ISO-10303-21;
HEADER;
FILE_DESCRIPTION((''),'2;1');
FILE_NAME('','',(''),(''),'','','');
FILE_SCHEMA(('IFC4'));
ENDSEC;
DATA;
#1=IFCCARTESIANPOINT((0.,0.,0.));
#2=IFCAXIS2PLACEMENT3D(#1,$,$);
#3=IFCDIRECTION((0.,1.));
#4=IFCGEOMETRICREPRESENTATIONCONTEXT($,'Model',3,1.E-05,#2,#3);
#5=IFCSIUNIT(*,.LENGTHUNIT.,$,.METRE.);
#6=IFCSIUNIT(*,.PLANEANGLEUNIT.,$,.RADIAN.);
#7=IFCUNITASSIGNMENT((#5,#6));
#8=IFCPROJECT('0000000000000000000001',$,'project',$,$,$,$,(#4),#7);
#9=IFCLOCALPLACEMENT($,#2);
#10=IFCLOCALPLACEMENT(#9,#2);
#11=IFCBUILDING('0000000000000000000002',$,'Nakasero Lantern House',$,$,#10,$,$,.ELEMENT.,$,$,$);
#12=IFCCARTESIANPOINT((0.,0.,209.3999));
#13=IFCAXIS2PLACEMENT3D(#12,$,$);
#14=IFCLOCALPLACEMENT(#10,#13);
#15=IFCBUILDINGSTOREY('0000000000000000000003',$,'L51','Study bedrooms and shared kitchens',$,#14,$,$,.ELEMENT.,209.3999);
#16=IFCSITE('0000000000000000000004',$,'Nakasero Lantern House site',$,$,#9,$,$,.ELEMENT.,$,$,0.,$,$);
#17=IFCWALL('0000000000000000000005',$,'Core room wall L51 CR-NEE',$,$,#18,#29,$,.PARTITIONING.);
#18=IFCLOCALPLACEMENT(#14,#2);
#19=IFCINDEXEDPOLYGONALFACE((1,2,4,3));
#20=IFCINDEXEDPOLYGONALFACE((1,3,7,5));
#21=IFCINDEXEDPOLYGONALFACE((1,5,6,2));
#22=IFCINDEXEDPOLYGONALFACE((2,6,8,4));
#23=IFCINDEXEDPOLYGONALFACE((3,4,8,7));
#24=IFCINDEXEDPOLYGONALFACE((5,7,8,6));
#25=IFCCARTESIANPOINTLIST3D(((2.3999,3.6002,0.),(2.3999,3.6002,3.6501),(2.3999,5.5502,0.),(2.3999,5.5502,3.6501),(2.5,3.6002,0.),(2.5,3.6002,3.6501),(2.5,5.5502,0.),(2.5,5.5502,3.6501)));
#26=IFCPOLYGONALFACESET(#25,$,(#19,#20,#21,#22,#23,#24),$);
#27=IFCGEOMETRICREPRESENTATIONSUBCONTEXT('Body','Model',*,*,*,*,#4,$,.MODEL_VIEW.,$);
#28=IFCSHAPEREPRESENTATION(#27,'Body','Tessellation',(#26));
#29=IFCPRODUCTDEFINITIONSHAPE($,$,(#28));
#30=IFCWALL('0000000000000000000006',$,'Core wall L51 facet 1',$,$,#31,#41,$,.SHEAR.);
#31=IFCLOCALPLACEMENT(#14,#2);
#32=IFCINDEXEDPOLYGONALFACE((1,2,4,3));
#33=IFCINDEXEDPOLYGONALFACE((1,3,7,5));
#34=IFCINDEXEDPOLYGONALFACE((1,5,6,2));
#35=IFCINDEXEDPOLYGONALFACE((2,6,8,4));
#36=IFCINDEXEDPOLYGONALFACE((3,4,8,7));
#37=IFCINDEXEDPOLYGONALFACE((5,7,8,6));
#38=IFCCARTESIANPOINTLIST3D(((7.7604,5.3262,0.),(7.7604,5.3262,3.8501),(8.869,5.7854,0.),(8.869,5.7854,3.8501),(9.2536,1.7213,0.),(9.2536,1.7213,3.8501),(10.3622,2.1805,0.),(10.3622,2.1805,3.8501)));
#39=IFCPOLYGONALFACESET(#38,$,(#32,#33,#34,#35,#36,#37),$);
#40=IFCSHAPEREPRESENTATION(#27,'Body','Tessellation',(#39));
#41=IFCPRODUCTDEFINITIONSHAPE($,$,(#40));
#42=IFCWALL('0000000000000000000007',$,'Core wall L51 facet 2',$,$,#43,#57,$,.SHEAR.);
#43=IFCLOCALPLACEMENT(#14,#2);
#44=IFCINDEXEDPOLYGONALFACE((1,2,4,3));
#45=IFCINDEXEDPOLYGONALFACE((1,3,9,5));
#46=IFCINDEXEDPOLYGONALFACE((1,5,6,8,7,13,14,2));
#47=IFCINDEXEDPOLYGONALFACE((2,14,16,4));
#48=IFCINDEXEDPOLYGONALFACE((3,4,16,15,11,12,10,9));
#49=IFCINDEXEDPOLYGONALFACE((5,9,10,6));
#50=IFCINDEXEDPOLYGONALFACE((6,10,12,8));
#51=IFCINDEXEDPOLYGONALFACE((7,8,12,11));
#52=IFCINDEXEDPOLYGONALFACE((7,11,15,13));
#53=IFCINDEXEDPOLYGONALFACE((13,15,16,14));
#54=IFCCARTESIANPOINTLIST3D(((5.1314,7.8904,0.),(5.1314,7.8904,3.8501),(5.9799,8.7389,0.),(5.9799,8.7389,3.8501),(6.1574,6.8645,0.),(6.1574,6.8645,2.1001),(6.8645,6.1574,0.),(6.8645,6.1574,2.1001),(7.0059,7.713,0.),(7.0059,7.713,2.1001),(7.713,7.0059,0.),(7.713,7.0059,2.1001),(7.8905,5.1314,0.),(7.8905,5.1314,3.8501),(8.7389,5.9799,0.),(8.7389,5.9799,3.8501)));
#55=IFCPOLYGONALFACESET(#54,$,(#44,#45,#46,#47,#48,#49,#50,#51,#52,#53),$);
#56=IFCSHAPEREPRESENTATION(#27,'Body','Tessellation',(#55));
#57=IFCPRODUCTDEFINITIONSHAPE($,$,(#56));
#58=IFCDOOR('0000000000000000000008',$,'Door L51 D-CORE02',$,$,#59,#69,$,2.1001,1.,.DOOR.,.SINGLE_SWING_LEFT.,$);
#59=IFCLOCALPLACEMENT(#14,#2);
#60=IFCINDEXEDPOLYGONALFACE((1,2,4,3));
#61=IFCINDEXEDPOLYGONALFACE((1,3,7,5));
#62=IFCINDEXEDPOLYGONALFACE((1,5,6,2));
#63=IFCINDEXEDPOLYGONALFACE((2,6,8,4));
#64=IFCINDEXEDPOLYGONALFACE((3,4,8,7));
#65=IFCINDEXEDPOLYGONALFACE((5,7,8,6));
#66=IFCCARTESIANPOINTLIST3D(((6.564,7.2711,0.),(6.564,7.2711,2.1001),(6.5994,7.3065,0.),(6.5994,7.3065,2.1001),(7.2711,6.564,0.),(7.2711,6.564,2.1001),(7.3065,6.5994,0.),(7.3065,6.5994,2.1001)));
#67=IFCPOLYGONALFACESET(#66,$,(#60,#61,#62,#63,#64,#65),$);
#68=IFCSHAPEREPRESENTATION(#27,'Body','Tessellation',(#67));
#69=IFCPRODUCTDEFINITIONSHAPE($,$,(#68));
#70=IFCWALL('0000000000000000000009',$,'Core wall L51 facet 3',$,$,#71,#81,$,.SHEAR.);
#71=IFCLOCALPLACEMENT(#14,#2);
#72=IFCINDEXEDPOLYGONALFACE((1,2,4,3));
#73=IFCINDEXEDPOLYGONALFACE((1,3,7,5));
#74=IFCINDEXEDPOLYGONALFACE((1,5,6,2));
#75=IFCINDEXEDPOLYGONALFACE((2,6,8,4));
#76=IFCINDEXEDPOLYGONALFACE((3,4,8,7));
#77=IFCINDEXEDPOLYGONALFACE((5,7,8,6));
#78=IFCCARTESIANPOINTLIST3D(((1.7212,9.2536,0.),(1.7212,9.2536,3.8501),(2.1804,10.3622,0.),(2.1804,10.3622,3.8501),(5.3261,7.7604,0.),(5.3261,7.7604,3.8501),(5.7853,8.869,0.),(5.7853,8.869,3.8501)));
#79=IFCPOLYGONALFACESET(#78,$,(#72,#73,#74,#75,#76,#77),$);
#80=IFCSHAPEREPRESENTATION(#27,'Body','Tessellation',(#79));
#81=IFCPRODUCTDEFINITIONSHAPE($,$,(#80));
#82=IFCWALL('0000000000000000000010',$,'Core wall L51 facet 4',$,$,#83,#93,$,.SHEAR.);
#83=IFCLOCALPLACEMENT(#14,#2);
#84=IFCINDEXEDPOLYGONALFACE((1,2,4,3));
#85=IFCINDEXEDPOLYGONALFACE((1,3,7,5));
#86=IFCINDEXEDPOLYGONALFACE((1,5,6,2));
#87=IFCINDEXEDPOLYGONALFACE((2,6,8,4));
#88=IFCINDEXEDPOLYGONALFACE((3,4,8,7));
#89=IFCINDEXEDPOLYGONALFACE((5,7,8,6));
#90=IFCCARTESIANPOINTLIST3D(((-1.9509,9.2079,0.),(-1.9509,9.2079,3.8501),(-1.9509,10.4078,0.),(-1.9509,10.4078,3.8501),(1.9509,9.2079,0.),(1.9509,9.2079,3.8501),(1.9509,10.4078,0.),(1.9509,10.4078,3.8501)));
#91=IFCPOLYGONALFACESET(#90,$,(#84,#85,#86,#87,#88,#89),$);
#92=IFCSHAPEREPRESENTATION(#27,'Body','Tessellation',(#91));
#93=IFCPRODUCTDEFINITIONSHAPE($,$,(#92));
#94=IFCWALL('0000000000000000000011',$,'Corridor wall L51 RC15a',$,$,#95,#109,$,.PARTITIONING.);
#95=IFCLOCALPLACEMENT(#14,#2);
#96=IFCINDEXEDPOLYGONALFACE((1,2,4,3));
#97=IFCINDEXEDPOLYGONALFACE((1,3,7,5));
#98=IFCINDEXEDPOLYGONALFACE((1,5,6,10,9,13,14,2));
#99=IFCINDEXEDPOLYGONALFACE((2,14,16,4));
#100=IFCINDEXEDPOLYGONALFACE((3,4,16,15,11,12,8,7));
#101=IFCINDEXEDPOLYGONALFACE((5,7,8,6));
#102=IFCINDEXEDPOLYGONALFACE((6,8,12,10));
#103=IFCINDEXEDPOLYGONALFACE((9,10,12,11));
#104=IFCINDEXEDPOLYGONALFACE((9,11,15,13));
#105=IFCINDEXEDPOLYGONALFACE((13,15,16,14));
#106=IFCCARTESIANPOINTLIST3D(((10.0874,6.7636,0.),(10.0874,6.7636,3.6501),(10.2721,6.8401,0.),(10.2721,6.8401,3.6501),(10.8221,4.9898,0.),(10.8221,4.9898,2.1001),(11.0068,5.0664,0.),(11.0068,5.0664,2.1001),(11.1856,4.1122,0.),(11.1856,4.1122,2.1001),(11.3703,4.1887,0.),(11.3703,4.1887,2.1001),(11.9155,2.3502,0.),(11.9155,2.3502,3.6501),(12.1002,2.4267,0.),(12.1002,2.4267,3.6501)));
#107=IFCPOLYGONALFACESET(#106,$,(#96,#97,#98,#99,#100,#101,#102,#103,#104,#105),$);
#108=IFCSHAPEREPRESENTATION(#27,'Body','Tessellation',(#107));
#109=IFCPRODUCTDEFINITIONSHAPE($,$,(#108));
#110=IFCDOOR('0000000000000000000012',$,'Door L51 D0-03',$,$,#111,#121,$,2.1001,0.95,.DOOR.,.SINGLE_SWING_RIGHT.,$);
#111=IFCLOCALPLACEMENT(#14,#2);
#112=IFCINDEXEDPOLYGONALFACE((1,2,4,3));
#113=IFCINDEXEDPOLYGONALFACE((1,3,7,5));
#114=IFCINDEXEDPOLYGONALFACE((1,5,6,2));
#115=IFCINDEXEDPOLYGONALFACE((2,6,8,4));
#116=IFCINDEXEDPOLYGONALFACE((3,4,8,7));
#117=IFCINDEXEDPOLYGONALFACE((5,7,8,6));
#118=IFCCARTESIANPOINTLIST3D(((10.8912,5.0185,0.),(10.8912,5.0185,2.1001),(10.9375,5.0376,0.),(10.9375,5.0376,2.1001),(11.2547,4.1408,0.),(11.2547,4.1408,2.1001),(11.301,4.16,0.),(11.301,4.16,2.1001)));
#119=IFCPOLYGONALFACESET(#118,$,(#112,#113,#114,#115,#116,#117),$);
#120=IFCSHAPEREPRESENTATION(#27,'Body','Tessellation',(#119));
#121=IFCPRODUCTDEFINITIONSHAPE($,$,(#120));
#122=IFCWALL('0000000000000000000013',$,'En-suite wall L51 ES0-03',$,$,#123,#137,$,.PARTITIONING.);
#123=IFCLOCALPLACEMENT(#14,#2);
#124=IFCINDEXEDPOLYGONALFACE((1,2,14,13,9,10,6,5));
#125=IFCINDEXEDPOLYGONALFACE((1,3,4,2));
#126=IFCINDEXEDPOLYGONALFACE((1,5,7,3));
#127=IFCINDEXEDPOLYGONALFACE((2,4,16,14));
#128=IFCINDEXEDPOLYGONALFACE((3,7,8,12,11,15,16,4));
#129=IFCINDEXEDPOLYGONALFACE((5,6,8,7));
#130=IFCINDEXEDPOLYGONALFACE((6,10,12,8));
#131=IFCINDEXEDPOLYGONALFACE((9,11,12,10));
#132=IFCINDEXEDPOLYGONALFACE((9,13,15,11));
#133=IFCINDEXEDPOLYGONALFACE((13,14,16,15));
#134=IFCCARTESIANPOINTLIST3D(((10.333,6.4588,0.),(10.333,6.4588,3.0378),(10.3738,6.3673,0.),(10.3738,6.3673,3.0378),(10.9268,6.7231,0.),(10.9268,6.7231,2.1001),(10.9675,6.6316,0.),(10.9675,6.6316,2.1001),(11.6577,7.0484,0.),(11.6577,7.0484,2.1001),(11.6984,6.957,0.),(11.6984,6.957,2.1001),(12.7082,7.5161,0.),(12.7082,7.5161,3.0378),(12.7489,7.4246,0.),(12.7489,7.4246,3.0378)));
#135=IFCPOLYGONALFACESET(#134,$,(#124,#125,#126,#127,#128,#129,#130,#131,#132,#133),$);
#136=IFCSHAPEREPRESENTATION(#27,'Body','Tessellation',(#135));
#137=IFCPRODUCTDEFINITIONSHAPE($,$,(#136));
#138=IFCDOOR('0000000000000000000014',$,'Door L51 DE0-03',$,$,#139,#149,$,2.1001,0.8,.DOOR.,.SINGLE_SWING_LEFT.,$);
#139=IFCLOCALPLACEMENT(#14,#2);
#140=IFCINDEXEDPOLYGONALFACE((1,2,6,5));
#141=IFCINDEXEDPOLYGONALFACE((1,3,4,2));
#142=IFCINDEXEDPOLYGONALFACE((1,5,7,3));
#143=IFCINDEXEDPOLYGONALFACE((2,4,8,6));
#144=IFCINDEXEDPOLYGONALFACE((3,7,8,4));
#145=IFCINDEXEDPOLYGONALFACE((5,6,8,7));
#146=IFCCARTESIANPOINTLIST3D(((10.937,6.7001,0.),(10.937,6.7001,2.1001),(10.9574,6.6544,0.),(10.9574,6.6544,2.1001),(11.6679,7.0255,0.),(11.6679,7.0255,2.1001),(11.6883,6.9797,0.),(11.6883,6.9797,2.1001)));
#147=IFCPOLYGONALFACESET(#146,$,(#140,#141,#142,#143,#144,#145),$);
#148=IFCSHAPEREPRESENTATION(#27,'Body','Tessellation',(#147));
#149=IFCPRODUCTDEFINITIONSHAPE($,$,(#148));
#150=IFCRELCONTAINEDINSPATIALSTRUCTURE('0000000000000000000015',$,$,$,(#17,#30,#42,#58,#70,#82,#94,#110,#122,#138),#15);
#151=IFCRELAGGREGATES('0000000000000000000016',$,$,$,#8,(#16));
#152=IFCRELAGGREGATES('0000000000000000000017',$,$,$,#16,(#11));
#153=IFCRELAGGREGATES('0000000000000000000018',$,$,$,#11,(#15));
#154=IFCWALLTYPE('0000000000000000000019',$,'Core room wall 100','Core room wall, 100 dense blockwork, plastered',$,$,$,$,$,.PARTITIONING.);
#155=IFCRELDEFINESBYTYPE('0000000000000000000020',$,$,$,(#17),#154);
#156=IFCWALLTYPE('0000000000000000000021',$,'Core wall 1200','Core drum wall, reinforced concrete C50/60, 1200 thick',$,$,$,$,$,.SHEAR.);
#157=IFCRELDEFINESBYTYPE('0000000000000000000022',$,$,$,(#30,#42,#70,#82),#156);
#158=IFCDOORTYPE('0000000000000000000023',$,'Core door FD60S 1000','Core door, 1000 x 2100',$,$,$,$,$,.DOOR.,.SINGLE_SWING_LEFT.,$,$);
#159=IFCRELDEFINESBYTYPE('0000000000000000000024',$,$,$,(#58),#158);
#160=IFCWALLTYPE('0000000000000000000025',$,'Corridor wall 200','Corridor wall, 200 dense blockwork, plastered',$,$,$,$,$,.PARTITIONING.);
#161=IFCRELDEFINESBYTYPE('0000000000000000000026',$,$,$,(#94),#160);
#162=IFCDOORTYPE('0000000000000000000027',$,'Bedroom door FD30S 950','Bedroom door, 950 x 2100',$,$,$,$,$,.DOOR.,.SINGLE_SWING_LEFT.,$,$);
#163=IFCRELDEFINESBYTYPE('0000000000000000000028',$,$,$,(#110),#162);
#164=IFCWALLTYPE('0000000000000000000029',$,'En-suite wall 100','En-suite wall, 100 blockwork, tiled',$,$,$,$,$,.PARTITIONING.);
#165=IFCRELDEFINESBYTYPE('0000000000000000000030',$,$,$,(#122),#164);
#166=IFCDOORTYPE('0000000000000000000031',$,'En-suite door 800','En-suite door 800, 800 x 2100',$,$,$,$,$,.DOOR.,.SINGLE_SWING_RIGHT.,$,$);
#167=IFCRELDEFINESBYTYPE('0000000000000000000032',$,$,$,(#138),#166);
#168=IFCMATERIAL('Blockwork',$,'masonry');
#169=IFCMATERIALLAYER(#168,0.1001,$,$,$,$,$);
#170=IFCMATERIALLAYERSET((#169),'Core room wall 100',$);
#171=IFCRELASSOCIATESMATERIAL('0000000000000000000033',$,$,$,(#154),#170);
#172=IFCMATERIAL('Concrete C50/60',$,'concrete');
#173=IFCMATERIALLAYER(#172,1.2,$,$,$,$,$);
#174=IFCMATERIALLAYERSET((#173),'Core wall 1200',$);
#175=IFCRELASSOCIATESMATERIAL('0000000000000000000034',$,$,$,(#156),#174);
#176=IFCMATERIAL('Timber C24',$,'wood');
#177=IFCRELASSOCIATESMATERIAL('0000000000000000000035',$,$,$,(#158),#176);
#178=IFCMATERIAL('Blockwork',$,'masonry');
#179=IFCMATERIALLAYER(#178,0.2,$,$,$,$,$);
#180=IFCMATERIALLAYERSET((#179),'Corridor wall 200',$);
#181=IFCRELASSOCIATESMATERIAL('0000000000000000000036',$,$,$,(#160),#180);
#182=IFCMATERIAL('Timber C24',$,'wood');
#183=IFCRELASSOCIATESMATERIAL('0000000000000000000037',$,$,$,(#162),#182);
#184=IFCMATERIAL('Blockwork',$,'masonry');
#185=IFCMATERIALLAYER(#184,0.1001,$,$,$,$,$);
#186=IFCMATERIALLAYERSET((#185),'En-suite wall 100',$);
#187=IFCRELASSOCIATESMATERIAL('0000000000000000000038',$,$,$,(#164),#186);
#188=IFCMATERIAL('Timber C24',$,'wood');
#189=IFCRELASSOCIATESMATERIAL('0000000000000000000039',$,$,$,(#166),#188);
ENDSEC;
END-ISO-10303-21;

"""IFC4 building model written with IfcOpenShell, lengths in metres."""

from ifc_helpers import new_model, si_unit, direction, frame, frame_2d, origin, place, context, subcontext, project, spatial, rectangle, extrude, material, layer, layer_set, type_object, element, fill, save


model = new_model("IFC4")

# Units and contexts
model_context = context("Model", 3, precision=1e-05, world=origin(), true_north=direction((0.0, 1.0)))
body_context = subcontext(model_context, "Body", "Model", "MODEL_VIEW")
ifc_project = project(units=[si_unit("LENGTHUNIT", "METRE"), si_unit("PLANEANGLEUNIT", "RADIAN")], contexts=[model_context])

# Site, building, storey
site_placement = place(None, origin())
site = spatial("IfcSite", under=ifc_project, at=site_placement, Name="Nakasero Lantern House site", CompositionType="ELEMENT", RefElevation=0.0)
building_placement = place(site_placement, origin())
building = spatial("IfcBuilding", under=site, at=building_placement, Name="Nakasero Lantern House", CompositionType="ELEMENT")
storey_placement = place(building_placement, frame((0.0, 0.0, 209.3999)))
storey = spatial("IfcBuildingStorey", under=building, at=storey_placement, Name="L51", Description="Study bedrooms and shared kitchens", CompositionType="ELEMENT", Elevation=209.3999)

# Walls
ifc_material_1 = material(Name="Blockwork", Category="masonry")
ifc_layer_1 = layer(ifc_material_1, 0.1001)
ifc_layer_set_1 = layer_set([ifc_layer_1], Name="Core room wall 100")
wall_type_1 = type_object("IfcWallType", Name="Core room wall 100", Description="Core room wall, 100 dense blockwork, plastered", PredefinedType="PARTITIONING", material=ifc_layer_set_1)
wall_1_placement = place(storey_placement, frame((2.45, 3.6001, 0.0), z_axis=(0.0, 0.0, 1.0), x_axis=(0.0, 1.0, 0.0)))
element("IfcWall", 1, at=wall_1_placement, inside=storey, type_object=wall_type_1, Name="Core room wall L51 CR-NEE", PredefinedType="PARTITIONING", context=body_context, shape_type="SweptSolid", body=[
    extrude(rectangle(XDim=1.95, YDim=0.1001, at=frame_2d((0.9751, 0.0))), origin(), (0.0, 0.0, 1.0), 3.6501),
])
ifc_material_2 = material(Name="Concrete C50/60", Category="concrete")
ifc_layer_2 = layer(ifc_material_2, 1.2)
ifc_layer_set_2 = layer_set([ifc_layer_2], Name="Core wall 1200")
wall_type_2 = type_object("IfcWallType", Name="Core wall 1200", Description="Core drum wall, reinforced concrete C50/60, 1200 thick", PredefinedType="SHEAR", material=ifc_layer_set_2)
wall_2_placement = place(storey_placement, frame((9.8079, 1.9509, 0.0), z_axis=(0.0, 0.0, 1.0), x_axis=(-0.382691, 0.923877, 0.0)))
element("IfcWall", 2, at=wall_2_placement, inside=storey, type_object=wall_type_2, Name="Core wall L51 facet 1", PredefinedType="SHEAR", context=body_context, shape_type="SweptSolid", body=[
    extrude(rectangle(XDim=3.9019, YDim=1.2, at=frame_2d((1.9509, 0.0))), origin(), (0.0, 0.0, 1.0), 3.8501),
])

# Wall, opening, door
wall_3_placement = place(storey_placement, frame((8.3147, 5.5557, 0.0), z_axis=(0.0, 0.0, 1.0), x_axis=(-0.707107, 0.707107, 0.0)))
wall_3 = element("IfcWall", 3, at=wall_3_placement, inside=storey, type_object=wall_type_2, Name="Core wall L51 facet 2", PredefinedType="SHEAR", context=body_context, shape_type="SweptSolid", body=[
    extrude(rectangle(XDim=3.9019, YDim=1.2, at=frame_2d((1.9509, 0.0))), origin(), (0.0, 0.0, 1.0), 3.8501),
])
opening_1_placement = place(wall_3_placement, frame((1.4509, 0.0, 0.0)))
opening_1 = element("IfcOpeningElement", 4, at=opening_1_placement, cuts=wall_3, PredefinedType="OPENING", context=body_context, shape_type="SweptSolid", body=[
    extrude(rectangle(XDim=1.0, YDim=2.1001, at=frame_2d((0.5, 1.05))), frame((0.0, 0.6199, 0.0), z_axis=(0.0, -1.0, 0.0), x_axis=(1.0, 0.0, 0.0)), (0.0, 0.0, 1.0), 1.24),
])
ifc_material_3 = material(Name="Timber C24", Category="wood")
door_type_1 = type_object("IfcDoorType", Name="Core door FD60S 1000", Description="Core door, 1000 x 2100", OperationType="SINGLE_SWING_LEFT", PredefinedType="DOOR", material=ifc_material_3)
door_1_placement = place(opening_1_placement, origin())
door_1 = element("IfcDoor", 5, at=door_1_placement, inside=storey, type_object=door_type_1, Name="Door L51 D-CORE02", OperationType="SINGLE_SWING_LEFT", OverallHeight=2.1001, OverallWidth=1.0, PredefinedType="DOOR", context=body_context, shape_type="SweptSolid", body=[
    extrude(rectangle(XDim=1.0, YDim=2.1001, at=frame_2d((0.5, 1.05))), frame((0.0, 0.0249, 0.0), z_axis=(0.0, -1.0, 0.0), x_axis=(1.0, 0.0, 0.0)), (0.0, 0.0, 1.0), 0.05),
])
fill(opening_1, door_1)

# Walls
for number, where, z_axis, x_axis, name in (
    (6, (5.5557, 8.3147, 0.0), (0.0, 0.0, 1.0), (-0.923877, 0.382691, 0.0), "Core wall L51 facet 3"),
    (7, (1.9509, 9.8079, 0.0), (0.0, 0.0, 1.0), (-1.0, 0.0, 0.0), "Core wall L51 facet 4"),
):
    element("IfcWall", number, at=place(storey_placement, frame(where, z_axis=z_axis, x_axis=x_axis)), inside=storey, type_object=wall_type_2, Name=name, PredefinedType="SHEAR", context=body_context, shape_type="SweptSolid", body=[
        extrude(rectangle(XDim=3.9019, YDim=1.2, at=frame_2d((1.9509, 0.0))), origin(), (0.0, 0.0, 1.0), 3.8501),
    ])

# Walls, openings, doors
ifc_material_4 = material(Name="Blockwork", Category="masonry")
ifc_layer_3 = layer(ifc_material_4, 0.2)
ifc_layer_set_3 = layer_set([ifc_layer_3], Name="Corridor wall 200")
wall_type_3 = type_object("IfcWallType", Name="Corridor wall 200", Description="Corridor wall, 200 dense blockwork, plastered", PredefinedType="PARTITIONING", material=ifc_layer_set_3)
wall_4_placement = place(storey_placement, frame((10.1797, 6.802, 0.0), z_axis=(0.0, 0.0, 1.0), x_axis=(0.382677, -0.923882, 0.0)))
wall_4 = element("IfcWall", 8, at=wall_4_placement, inside=storey, type_object=wall_type_3, Name="Corridor wall L51 RC15a", PredefinedType="PARTITIONING", context=body_context, shape_type="SweptSolid", body=[
    extrude(rectangle(XDim=4.7771, YDim=0.2, at=frame_2d((2.3887, 0.0))), origin(), (0.0, 0.0, 1.0), 3.6501),
])
opening_2_placement = place(wall_4_placement, frame((1.9199, 0.0, 0.0)))
opening_2 = element("IfcOpeningElement", 9, at=opening_2_placement, cuts=wall_4, PredefinedType="OPENING", context=body_context, shape_type="SweptSolid", body=[
    extrude(rectangle(XDim=0.95, YDim=2.1001, at=frame_2d((0.4751, 1.05))), frame((0.0, 0.1199, 0.0), z_axis=(0.0, -1.0, 0.0), x_axis=(1.0, 0.0, 0.0)), (0.0, 0.0, 1.0), 0.24),
])
ifc_material_5 = material(Name="Timber C24", Category="wood")
door_type_2 = type_object("IfcDoorType", Name="Bedroom door FD30S 950", Description="Bedroom door, 950 x 2100", OperationType="SINGLE_SWING_LEFT", PredefinedType="DOOR", material=ifc_material_5)
door_2_placement = place(opening_2_placement, origin())
door_2 = element("IfcDoor", 10, at=door_2_placement, inside=storey, type_object=door_type_2, Name="Door L51 D0-03", OperationType="SINGLE_SWING_RIGHT", OverallHeight=2.1001, OverallWidth=0.95, PredefinedType="DOOR", context=body_context, shape_type="SweptSolid", body=[
    extrude(rectangle(XDim=0.95, YDim=2.1001, at=frame_2d((0.4751, 1.05))), frame((0.0, 0.0249, 0.0), z_axis=(0.0, -1.0, 0.0), x_axis=(1.0, 0.0, 0.0)), (0.0, 0.0, 1.0), 0.05),
])
fill(opening_2, door_2)
ifc_material_6 = material(Name="Blockwork", Category="masonry")
ifc_layer_4 = layer(ifc_material_6, 0.1001)
ifc_layer_set_4 = layer_set([ifc_layer_4], Name="En-suite wall 100")
wall_type_4 = type_object("IfcWallType", Name="En-suite wall 100", Description="En-suite wall, 100 blockwork, tiled", PredefinedType="PARTITIONING", material=ifc_layer_set_4)
wall_5_placement = place(storey_placement, frame((10.3535, 6.4131, 0.0), z_axis=(0.0, 0.0, 1.0), x_axis=(0.913567, 0.406687, 0.0)))
wall_5 = element("IfcWall", 11, at=wall_5_placement, inside=storey, type_object=wall_type_4, Name="En-suite wall L51 ES0-03", PredefinedType="PARTITIONING", context=body_context, shape_type="SweptSolid", body=[
    extrude(rectangle(XDim=2.5999, YDim=0.1001, at=frame_2d((1.2998, 0.0))), origin(), (0.0, 0.0, 1.0), 3.0378),
])
opening_3_placement = place(wall_5_placement, frame((0.6499, 0.0, 0.0)))
opening_3 = element("IfcOpeningElement", 12, at=opening_3_placement, cuts=wall_5, PredefinedType="OPENING", context=body_context, shape_type="SweptSolid", body=[
    extrude(rectangle(XDim=0.8, YDim=2.1001, at=frame_2d((0.3999, 1.05))), frame((0.0, 0.0701, 0.0), z_axis=(0.0, -1.0, 0.0), x_axis=(1.0, 0.0, 0.0)), (0.0, 0.0, 1.0), 0.1401),
])
ifc_material_7 = material(Name="Timber C24", Category="wood")
door_type_3 = type_object("IfcDoorType", Name="En-suite door 800", Description="En-suite door 800, 800 x 2100", OperationType="SINGLE_SWING_RIGHT", PredefinedType="DOOR", material=ifc_material_7)
door_3_placement = place(opening_3_placement, origin())
door_3 = element("IfcDoor", 13, at=door_3_placement, inside=storey, type_object=door_type_3, Name="Door L51 DE0-03", OperationType="SINGLE_SWING_LEFT", OverallHeight=2.1001, OverallWidth=0.8, PredefinedType="DOOR", context=body_context, shape_type="SweptSolid", body=[
    extrude(rectangle(XDim=0.8, YDim=2.1001, at=frame_2d((0.3999, 1.05))), frame((0.0, 0.0249, 0.0), z_axis=(0.0, -1.0, 0.0), x_axis=(1.0, 0.0, 0.0)), (0.0, 0.0, 1.0), 0.05),
])
fill(opening_3, door_3)

save(model, "model.ifc")
